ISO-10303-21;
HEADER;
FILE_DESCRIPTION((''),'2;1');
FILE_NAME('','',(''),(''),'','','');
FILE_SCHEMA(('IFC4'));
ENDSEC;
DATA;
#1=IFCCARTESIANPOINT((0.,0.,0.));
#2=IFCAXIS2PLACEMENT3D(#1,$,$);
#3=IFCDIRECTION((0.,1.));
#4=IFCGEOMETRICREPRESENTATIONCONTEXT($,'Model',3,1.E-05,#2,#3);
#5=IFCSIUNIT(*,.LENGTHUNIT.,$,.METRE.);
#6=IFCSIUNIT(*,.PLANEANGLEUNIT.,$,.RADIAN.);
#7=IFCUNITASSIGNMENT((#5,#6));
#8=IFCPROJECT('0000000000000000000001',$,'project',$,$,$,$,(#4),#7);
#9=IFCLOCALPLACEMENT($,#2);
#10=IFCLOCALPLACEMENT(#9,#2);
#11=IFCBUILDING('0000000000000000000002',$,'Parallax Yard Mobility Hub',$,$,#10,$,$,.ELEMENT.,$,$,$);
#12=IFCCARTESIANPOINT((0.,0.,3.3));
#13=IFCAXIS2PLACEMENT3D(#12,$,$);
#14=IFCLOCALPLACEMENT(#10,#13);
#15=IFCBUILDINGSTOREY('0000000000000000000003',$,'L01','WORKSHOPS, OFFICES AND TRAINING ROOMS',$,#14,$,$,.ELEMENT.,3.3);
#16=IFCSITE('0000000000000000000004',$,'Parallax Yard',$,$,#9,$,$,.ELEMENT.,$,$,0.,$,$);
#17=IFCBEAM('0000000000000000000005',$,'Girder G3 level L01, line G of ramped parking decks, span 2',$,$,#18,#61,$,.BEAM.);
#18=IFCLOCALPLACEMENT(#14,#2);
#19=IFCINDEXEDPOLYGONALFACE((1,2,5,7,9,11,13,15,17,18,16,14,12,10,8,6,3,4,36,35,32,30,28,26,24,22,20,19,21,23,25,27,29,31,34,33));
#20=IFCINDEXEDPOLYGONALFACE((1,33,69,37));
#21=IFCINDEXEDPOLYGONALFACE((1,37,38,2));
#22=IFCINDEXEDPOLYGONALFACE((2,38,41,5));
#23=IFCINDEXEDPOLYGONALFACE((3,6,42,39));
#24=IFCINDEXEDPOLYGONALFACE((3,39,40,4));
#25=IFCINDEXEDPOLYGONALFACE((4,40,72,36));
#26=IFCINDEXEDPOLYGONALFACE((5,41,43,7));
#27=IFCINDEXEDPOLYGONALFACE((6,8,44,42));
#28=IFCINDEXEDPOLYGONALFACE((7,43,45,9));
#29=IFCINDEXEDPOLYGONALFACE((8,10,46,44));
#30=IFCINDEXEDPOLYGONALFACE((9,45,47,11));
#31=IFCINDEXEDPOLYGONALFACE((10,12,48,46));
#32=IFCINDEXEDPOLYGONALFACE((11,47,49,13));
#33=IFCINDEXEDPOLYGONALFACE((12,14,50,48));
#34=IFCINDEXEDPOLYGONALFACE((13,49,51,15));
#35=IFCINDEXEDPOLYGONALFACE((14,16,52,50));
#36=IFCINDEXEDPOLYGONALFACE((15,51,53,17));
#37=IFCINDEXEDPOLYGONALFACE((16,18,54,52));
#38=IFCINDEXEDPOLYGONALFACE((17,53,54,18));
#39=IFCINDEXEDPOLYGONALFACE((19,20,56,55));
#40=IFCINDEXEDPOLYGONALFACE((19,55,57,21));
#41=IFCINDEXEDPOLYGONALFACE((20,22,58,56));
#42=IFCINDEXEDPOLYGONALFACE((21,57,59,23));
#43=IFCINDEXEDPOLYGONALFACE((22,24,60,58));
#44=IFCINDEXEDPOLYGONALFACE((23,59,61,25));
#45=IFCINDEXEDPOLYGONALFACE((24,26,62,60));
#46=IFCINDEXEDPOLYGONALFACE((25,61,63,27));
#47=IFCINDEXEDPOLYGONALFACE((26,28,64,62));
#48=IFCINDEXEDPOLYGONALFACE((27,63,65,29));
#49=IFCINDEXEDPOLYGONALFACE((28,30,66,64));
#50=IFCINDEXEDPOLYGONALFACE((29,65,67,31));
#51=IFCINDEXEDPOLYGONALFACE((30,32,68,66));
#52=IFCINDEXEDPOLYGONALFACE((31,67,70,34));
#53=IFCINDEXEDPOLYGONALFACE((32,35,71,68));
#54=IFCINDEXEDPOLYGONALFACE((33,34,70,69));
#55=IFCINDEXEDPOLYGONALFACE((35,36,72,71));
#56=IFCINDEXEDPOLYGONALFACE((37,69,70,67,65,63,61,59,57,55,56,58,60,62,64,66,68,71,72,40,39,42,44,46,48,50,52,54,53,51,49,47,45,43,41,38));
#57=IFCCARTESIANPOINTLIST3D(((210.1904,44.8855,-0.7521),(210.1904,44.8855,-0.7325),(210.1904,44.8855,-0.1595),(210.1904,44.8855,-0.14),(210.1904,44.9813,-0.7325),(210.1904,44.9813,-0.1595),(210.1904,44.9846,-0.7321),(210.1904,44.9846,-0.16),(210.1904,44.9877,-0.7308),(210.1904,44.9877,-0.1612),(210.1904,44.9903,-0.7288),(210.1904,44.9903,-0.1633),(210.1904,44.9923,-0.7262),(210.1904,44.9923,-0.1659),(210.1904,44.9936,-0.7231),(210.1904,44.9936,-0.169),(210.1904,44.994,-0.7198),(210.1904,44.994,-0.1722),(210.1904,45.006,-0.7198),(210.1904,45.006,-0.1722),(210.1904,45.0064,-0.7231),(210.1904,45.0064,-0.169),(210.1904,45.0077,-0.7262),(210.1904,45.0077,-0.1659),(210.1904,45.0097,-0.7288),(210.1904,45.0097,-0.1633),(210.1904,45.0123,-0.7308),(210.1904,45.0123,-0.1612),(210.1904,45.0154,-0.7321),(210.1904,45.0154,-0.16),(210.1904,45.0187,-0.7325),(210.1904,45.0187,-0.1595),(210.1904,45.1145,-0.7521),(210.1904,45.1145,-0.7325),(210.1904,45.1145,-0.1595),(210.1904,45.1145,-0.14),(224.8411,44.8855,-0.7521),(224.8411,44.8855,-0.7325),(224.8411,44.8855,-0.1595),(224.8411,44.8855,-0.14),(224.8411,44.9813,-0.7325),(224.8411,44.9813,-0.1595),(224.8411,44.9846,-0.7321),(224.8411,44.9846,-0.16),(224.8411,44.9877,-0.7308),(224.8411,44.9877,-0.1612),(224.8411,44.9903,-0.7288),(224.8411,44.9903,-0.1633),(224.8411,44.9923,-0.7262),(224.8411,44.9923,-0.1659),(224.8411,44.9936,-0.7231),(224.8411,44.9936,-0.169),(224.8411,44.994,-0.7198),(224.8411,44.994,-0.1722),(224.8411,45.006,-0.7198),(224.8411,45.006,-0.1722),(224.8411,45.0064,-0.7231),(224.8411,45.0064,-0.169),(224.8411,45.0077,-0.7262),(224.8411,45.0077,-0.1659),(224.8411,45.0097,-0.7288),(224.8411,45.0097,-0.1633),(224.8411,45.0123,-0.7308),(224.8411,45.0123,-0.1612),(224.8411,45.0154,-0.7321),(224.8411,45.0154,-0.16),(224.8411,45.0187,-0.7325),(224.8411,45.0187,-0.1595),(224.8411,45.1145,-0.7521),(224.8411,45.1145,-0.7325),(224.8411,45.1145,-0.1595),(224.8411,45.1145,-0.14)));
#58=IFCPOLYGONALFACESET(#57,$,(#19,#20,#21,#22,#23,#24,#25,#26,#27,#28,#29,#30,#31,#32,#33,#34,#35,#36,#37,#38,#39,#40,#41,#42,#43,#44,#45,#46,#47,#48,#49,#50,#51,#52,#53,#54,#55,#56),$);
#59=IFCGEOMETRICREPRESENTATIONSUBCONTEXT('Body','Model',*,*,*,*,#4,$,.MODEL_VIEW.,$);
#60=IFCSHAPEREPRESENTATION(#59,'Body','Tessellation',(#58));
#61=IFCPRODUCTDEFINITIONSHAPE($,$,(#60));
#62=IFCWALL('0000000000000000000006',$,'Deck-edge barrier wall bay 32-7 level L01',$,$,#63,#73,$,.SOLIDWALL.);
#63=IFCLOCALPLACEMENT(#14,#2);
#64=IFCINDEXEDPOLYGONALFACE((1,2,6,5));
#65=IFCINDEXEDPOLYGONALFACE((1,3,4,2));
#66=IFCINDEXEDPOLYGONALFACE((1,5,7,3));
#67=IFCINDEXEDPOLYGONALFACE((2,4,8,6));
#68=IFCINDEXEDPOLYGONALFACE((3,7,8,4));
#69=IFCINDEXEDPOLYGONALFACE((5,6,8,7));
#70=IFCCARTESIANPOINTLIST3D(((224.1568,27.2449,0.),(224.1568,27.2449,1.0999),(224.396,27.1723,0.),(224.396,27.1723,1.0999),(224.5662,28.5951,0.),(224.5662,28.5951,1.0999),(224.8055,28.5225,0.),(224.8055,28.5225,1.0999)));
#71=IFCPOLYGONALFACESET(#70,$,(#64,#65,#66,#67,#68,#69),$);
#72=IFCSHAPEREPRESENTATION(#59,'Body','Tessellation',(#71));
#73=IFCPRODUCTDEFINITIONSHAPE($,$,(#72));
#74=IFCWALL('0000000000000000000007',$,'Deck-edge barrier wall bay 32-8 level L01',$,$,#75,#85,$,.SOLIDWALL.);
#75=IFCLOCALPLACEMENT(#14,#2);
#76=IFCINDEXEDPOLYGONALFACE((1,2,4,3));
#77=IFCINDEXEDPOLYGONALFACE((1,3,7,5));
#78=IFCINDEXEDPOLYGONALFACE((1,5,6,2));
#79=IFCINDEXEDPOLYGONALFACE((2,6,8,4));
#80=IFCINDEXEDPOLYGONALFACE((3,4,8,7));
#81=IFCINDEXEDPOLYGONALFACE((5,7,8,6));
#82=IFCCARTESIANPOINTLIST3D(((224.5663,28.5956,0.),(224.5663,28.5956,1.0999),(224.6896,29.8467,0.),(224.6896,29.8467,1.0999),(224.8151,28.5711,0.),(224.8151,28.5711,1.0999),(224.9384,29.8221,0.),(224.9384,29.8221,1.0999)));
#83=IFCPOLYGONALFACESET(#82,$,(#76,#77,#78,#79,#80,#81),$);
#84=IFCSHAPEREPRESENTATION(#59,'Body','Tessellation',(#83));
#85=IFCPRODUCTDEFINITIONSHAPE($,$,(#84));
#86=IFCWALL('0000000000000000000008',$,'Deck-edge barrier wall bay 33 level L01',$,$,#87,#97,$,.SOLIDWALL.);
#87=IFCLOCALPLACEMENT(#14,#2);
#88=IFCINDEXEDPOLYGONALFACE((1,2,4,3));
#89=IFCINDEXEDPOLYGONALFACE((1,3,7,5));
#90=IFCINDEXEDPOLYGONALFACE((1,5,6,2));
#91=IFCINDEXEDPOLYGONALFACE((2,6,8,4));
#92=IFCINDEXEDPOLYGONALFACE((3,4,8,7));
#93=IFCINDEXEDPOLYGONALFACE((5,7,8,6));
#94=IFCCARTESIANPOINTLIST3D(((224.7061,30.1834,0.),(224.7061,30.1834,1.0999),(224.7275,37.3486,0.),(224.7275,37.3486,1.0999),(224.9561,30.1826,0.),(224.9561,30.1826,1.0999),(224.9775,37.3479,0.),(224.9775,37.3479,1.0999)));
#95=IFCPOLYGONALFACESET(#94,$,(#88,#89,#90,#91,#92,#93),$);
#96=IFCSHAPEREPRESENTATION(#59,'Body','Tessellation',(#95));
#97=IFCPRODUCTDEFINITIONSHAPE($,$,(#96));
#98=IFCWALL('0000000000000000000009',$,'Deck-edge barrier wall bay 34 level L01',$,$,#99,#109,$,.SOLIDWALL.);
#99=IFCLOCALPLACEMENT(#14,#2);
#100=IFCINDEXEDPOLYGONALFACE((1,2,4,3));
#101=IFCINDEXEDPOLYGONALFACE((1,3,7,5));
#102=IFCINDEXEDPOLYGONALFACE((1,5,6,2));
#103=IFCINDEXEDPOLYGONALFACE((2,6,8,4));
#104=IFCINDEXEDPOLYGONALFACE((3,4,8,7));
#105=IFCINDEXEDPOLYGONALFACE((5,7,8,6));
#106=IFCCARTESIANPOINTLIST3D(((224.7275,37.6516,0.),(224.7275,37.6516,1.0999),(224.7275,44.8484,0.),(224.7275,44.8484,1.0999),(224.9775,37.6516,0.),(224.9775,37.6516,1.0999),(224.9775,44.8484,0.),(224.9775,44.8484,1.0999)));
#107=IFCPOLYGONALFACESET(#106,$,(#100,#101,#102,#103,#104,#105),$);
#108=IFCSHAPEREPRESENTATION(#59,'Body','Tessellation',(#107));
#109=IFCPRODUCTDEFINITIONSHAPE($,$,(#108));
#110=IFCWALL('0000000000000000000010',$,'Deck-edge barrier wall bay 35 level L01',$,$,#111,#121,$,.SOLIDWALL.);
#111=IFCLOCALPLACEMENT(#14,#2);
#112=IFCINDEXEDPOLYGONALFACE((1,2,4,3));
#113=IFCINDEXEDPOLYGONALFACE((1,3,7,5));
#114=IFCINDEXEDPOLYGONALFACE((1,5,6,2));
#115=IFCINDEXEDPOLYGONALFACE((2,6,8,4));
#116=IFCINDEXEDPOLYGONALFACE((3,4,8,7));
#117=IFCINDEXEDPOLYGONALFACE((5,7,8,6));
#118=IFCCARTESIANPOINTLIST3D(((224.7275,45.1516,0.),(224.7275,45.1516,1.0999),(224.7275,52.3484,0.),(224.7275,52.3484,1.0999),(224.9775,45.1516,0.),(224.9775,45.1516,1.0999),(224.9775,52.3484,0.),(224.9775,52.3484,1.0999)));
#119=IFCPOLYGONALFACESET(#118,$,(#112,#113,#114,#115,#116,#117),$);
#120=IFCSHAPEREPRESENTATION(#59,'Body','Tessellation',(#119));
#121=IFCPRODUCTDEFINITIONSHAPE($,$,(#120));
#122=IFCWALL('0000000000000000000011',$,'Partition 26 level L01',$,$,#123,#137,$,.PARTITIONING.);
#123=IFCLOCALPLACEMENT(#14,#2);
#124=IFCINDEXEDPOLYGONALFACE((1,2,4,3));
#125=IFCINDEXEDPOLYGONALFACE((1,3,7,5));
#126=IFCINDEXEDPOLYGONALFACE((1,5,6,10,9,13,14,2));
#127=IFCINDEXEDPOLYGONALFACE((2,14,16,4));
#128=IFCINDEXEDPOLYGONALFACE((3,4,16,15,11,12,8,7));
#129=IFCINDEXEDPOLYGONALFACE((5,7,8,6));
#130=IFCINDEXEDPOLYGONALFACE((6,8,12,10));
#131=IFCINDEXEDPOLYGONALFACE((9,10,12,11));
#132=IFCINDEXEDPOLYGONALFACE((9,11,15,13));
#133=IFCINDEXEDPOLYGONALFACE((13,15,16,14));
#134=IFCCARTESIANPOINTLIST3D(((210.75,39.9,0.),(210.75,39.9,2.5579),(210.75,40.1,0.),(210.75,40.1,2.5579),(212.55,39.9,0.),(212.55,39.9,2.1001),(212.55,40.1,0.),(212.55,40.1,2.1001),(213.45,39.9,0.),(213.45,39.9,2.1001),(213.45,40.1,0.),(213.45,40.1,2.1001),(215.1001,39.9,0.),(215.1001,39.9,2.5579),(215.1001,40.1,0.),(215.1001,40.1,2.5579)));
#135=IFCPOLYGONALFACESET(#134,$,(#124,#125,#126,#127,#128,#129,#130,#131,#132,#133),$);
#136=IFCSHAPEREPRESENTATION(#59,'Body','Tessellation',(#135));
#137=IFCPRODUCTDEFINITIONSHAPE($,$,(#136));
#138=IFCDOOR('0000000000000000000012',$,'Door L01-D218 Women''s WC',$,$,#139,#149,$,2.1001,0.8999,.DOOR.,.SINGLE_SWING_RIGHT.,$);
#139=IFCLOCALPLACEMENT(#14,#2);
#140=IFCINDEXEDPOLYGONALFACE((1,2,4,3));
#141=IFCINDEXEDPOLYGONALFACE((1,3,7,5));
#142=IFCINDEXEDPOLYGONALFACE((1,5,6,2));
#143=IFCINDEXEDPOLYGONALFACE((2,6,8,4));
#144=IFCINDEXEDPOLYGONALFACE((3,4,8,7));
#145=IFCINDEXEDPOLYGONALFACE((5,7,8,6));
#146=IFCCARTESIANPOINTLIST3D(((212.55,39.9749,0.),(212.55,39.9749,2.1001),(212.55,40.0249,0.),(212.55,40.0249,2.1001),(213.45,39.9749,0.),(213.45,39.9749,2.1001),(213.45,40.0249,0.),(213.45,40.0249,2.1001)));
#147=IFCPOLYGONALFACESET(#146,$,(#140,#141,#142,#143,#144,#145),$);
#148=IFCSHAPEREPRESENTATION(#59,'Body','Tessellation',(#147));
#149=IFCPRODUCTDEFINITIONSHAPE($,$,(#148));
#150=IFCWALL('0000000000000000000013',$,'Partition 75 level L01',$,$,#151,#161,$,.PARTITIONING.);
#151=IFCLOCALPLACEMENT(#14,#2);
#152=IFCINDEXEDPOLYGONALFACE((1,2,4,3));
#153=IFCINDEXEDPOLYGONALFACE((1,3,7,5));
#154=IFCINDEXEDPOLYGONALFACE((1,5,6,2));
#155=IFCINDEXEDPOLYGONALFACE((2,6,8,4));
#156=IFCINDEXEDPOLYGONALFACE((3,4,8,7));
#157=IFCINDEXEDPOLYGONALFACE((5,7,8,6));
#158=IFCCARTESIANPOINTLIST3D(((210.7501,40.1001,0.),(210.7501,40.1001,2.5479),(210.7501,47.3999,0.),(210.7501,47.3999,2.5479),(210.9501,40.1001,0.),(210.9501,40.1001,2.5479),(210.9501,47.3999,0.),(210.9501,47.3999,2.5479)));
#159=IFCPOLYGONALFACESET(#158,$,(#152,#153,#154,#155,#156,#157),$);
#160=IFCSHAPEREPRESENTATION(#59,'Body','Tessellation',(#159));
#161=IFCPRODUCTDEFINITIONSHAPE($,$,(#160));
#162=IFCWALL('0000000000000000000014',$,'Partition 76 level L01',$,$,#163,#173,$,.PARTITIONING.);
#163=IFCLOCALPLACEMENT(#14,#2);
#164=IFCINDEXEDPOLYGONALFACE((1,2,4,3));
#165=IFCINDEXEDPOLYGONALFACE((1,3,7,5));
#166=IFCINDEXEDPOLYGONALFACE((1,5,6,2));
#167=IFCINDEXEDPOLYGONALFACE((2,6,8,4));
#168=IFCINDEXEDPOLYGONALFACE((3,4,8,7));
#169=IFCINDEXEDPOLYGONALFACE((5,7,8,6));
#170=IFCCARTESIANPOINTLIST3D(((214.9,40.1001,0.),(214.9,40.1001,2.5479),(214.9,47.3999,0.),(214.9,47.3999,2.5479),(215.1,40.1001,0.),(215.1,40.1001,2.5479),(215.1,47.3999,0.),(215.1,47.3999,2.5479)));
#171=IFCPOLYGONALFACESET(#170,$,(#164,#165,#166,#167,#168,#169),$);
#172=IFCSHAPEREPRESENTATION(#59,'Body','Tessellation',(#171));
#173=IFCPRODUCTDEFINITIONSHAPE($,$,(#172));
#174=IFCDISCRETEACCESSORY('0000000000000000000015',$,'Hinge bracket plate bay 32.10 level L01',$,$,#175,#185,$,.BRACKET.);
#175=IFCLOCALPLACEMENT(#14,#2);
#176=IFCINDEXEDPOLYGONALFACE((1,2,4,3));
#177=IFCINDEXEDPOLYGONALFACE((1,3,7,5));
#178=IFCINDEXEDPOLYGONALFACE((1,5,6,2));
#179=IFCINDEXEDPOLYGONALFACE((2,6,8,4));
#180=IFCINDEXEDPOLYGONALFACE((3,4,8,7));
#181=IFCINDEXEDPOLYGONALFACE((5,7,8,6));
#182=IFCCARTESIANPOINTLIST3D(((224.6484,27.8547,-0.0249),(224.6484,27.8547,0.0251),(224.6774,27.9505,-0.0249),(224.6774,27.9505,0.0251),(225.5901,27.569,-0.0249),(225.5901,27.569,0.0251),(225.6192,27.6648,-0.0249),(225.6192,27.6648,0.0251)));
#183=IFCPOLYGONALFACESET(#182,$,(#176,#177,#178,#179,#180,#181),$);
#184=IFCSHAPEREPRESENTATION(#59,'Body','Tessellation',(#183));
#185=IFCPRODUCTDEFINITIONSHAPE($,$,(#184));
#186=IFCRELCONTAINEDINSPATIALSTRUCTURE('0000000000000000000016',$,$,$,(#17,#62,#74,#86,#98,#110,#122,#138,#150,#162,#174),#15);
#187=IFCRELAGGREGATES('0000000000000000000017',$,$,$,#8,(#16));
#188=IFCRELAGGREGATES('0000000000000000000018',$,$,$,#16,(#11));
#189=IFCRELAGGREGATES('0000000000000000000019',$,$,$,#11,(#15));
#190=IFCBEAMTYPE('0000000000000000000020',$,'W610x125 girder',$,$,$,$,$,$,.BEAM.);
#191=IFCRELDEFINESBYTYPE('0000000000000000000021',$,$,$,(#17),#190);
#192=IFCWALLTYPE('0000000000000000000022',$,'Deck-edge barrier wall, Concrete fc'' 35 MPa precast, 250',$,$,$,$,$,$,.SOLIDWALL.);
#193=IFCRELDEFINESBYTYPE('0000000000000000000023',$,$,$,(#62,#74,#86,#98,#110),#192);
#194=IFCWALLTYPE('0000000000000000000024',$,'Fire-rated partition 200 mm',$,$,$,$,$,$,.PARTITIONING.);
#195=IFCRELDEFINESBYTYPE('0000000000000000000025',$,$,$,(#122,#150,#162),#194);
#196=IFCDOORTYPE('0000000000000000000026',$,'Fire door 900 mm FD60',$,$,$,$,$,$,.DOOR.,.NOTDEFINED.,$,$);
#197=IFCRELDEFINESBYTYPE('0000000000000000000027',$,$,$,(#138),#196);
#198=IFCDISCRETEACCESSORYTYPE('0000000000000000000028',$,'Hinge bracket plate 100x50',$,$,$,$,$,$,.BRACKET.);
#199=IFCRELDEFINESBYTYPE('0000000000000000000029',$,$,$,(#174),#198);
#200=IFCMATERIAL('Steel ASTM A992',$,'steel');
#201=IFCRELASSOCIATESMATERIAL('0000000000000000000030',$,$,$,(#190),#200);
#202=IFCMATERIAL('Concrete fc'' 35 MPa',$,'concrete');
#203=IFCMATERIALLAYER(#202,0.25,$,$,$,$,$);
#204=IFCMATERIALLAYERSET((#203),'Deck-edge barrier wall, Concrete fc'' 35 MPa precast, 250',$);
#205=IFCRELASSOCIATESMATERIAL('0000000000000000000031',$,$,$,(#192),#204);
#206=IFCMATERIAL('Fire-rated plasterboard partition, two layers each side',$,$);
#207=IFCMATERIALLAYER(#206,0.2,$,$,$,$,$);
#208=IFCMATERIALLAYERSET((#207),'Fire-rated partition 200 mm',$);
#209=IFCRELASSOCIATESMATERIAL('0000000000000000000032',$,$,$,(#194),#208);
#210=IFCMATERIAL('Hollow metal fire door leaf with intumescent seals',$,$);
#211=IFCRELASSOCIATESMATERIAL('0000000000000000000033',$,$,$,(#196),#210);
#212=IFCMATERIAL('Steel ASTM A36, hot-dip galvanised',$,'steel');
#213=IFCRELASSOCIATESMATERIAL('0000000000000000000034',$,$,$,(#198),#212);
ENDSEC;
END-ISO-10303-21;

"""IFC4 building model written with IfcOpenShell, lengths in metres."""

from ifc_helpers import new_model, si_unit, direction, frame, frame_2d, origin, origin_2d, place, context, subcontext, project, spatial, rectangle, i_section, extrude, material, layer, layer_set, material_profile, profile_set, type_object, element, fill, save


model = new_model("IFC4")

# Units and contexts
model_context = context("Model", 3, precision=1e-05, world=origin(), true_north=direction((0.0, 1.0)))
body_context = subcontext(model_context, "Body", "Model", "MODEL_VIEW")
ifc_project = project(units=[si_unit("LENGTHUNIT", "METRE"), si_unit("PLANEANGLEUNIT", "RADIAN")], contexts=[model_context])

# Site, building, storey
site_placement = place(None, origin())
site = spatial("IfcSite", under=ifc_project, at=site_placement, Name="Parallax Yard", CompositionType="ELEMENT", RefElevation=0.0)
building_placement = place(site_placement, origin())
building = spatial("IfcBuilding", under=site, at=building_placement, Name="Parallax Yard Mobility Hub", CompositionType="ELEMENT")
storey_placement = place(building_placement, frame((0.0, 0.0, 3.3)))
storey = spatial("IfcBuildingStorey", under=building, at=storey_placement, Name="L01", Description="WORKSHOPS, OFFICES AND TRAINING ROOMS", CompositionType="ELEMENT", Elevation=3.3)

# Shared definitions
ifc_material_1 = material(Name="Steel ASTM A992", Category="steel")

# Beam
ifc_material_profile_1 = material_profile(ifc_material_1, i_section(OverallWidth=0.229, OverallDepth=0.6121, WebThickness=0.012, FlangeThickness=0.0195, FilletRadius=0.0127, at=origin_2d()), Name="W610x125")
ifc_profile_set_1 = profile_set([ifc_material_profile_1], Name="Steel ASTM A992")
beam_type_1 = type_object("IfcBeamType", Name="W610x125 girder", PredefinedType="BEAM", material=ifc_profile_set_1)
for number, where, z_axis, x_axis, name in (
    (1, (210.1904, 45.0, -0.446), (1.0, 0.0, 0.0), (0.0, 1.0, 0.0), "Girder G3 level L01, line G of ramped parking decks, span 2"),
):
    element("IfcBeam", number, at=place(storey_placement, frame(where, z_axis=z_axis, x_axis=x_axis)), inside=storey, type_object=beam_type_1, Name=name, PredefinedType="BEAM", context=body_context, shape_type="SweptSolid", body=[
        extrude(i_section(OverallWidth=0.229, OverallDepth=0.6121, WebThickness=0.012, FlangeThickness=0.0195, FilletRadius=0.0127, at=origin_2d()), origin(), (0.0, 0.0, 1.0), 14.6506),
    ])

# Walls
ifc_material_2 = material(Name="Concrete fc' 35 MPa", Category="concrete")
ifc_layer_1 = layer(ifc_material_2, 0.25)
ifc_layer_set_1 = layer_set([ifc_layer_1], Name="Deck-edge barrier wall, Concrete fc' 35 MPa precast, 250")
wall_type_1 = type_object("IfcWallType", Name="Deck-edge barrier wall, Concrete fc' 35 MPa precast, 250", PredefinedType="SOLIDWALL", material=ifc_layer_set_1)
wall_1_placement = place(storey_placement, frame((224.2764, 27.2085, 0.0), z_axis=(0.0, 0.0, 1.0), x_axis=(0.290204, 0.956965, 0.0)))
element("IfcWall", 2, at=wall_1_placement, inside=storey, type_object=wall_type_1, Name="Deck-edge barrier wall bay 32-7 level L01", PredefinedType="SOLIDWALL", context=body_context, shape_type="SweptSolid", body=[
    extrude(rectangle(XDim=1.4109, YDim=0.25, at=frame_2d((0.7056, 0.0))), origin(), (0.0, 0.0, 1.0), 1.0999),
])
wall_2_placement = place(storey_placement, frame((224.6907, 28.5835, 0.0), z_axis=(0.0, 0.0, 1.0), x_axis=(0.098081, 0.995178, 0.0)))
element("IfcWall", 3, at=wall_2_placement, inside=storey, type_object=wall_type_1, Name="Deck-edge barrier wall bay 32-8 level L01", PredefinedType="SOLIDWALL", context=body_context, shape_type="SweptSolid", body=[
    extrude(rectangle(XDim=1.2571, YDim=0.25, at=frame_2d((0.6284, 0.0))), origin(), (0.0, 0.0, 1.0), 1.0999),
])
wall_3_placement = place(storey_placement, frame((224.8311, 30.1831, 0.0), z_axis=(0.0, 0.0, 1.0), x_axis=(0.002998, 0.999996, 0.0)))
element("IfcWall", 4, at=wall_3_placement, inside=storey, type_object=wall_type_1, Name="Deck-edge barrier wall bay 33 level L01", PredefinedType="SOLIDWALL", context=body_context, shape_type="SweptSolid", body=[
    extrude(rectangle(XDim=7.1653, YDim=0.25, at=frame_2d((3.5825, 0.0))), origin(), (0.0, 0.0, 1.0), 1.0999),
])
for number, where, z_axis, x_axis, name in (
    (5, (224.8525, 37.6516, 0.0), (0.0, 0.0, 1.0), (0.0, 1.0, 0.0), "Deck-edge barrier wall bay 34 level L01"),
    (6, (224.8525, 45.1516, 0.0), (0.0, 0.0, 1.0), (0.0, 1.0, 0.0), "Deck-edge barrier wall bay 35 level L01"),
):
    element("IfcWall", number, at=place(storey_placement, frame(where, z_axis=z_axis, x_axis=x_axis)), inside=storey, type_object=wall_type_1, Name=name, PredefinedType="SOLIDWALL", context=body_context, shape_type="SweptSolid", body=[
        extrude(rectangle(XDim=7.1968, YDim=0.25, at=frame_2d((3.5984, 0.0))), origin(), (0.0, 0.0, 1.0), 1.0999),
    ])

# Wall, opening, door
ifc_material_3 = material(Name="Fire-rated plasterboard partition, two layers each side")
ifc_layer_2 = layer(ifc_material_3, 0.2)
ifc_layer_set_2 = layer_set([ifc_layer_2], Name="Fire-rated partition 200 mm")
wall_type_2 = type_object("IfcWallType", Name="Fire-rated partition 200 mm", PredefinedType="PARTITIONING", material=ifc_layer_set_2)
wall_4_placement = place(storey_placement, frame((210.75, 40.0, 0.0), z_axis=(0.0, 0.0, 1.0), x_axis=(1.0, 0.0, 0.0)))
wall_4 = element("IfcWall", 7, at=wall_4_placement, inside=storey, type_object=wall_type_2, Name="Partition 26 level L01", PredefinedType="PARTITIONING", context=body_context, shape_type="SweptSolid", body=[
    extrude(rectangle(XDim=4.3501, YDim=0.2, at=frame_2d((2.175, 0.0))), origin(), (0.0, 0.0, 1.0), 2.5579),
])
opening_placement = place(wall_4_placement, frame((1.8, 0.0, 0.0)))
opening = element("IfcOpeningElement", 8, at=opening_placement, cuts=wall_4, PredefinedType="OPENING", context=body_context, shape_type="SweptSolid", body=[
    extrude(rectangle(XDim=0.8999, YDim=2.1001, at=frame_2d((0.45, 1.05))), frame((0.0, 0.1099, 0.0), z_axis=(0.0, -1.0, 0.0), x_axis=(1.0, 0.0, 0.0)), (0.0, 0.0, 1.0), 0.22),
])
ifc_material_4 = material(Name="Hollow metal fire door leaf with intumescent seals")
door_type = type_object("IfcDoorType", Name="Fire door 900 mm FD60", OperationType="NOTDEFINED", PredefinedType="DOOR", material=ifc_material_4)
door_placement = place(opening_placement, origin())
door = element("IfcDoor", 9, at=door_placement, inside=storey, type_object=door_type, Name="Door L01-D218 Women's WC", OperationType="SINGLE_SWING_RIGHT", OverallHeight=2.1001, OverallWidth=0.8999, PredefinedType="DOOR", context=body_context, shape_type="SweptSolid", body=[
    extrude(rectangle(XDim=0.8999, YDim=2.1001, at=frame_2d((0.45, 1.05))), frame((0.0, 0.0249, 0.0), z_axis=(0.0, -1.0, 0.0), x_axis=(1.0, 0.0, 0.0)), (0.0, 0.0, 1.0), 0.05),
])
fill(opening, door)

# Walls
for number, where, z_axis, x_axis, name in (
    (10, (210.8501, 40.1001, 0.0), (0.0, 0.0, 1.0), (0.0, 1.0, 0.0), "Partition 75 level L01"),
    (11, (215.0, 40.1001, 0.0), (0.0, 0.0, 1.0), (0.0, 1.0, 0.0), "Partition 76 level L01"),
):
    element("IfcWall", number, at=place(storey_placement, frame(where, z_axis=z_axis, x_axis=x_axis)), inside=storey, type_object=wall_type_2, Name=name, PredefinedType="PARTITIONING", context=body_context, shape_type="SweptSolid", body=[
        extrude(rectangle(XDim=7.2998, YDim=0.2, at=frame_2d((3.6499, 0.0))), origin(), (0.0, 0.0, 1.0), 2.5479),
    ])

# Discrete accessory
ifc_material_5 = material(Name="Steel ASTM A36, hot-dip galvanised", Category="steel")
discrete_accessory_type_1 = type_object("IfcDiscreteAccessoryType", Name="Hinge bracket plate 100x50", PredefinedType="BRACKET", material=ifc_material_5)
for number, where, z_axis, x_axis, name in (
    (12, (225.1338, 27.7598, -0.0249), (0.0, 0.0, 1.0), (0.95694, -0.290285, 0.0), "Hinge bracket plate bay 32.10 level L01"),
):
    element("IfcDiscreteAccessory", number, at=place(storey_placement, frame(where, z_axis=z_axis, x_axis=x_axis)), inside=storey, type_object=discrete_accessory_type_1, Name=name, PredefinedType="BRACKET", context=body_context, shape_type="SweptSolid", body=[
        extrude(rectangle(XDim=0.9841, YDim=0.1001, at=origin_2d()), origin(), (0.0, 0.0, 1.0), 0.05),
    ])

save(model, "model.ifc")
